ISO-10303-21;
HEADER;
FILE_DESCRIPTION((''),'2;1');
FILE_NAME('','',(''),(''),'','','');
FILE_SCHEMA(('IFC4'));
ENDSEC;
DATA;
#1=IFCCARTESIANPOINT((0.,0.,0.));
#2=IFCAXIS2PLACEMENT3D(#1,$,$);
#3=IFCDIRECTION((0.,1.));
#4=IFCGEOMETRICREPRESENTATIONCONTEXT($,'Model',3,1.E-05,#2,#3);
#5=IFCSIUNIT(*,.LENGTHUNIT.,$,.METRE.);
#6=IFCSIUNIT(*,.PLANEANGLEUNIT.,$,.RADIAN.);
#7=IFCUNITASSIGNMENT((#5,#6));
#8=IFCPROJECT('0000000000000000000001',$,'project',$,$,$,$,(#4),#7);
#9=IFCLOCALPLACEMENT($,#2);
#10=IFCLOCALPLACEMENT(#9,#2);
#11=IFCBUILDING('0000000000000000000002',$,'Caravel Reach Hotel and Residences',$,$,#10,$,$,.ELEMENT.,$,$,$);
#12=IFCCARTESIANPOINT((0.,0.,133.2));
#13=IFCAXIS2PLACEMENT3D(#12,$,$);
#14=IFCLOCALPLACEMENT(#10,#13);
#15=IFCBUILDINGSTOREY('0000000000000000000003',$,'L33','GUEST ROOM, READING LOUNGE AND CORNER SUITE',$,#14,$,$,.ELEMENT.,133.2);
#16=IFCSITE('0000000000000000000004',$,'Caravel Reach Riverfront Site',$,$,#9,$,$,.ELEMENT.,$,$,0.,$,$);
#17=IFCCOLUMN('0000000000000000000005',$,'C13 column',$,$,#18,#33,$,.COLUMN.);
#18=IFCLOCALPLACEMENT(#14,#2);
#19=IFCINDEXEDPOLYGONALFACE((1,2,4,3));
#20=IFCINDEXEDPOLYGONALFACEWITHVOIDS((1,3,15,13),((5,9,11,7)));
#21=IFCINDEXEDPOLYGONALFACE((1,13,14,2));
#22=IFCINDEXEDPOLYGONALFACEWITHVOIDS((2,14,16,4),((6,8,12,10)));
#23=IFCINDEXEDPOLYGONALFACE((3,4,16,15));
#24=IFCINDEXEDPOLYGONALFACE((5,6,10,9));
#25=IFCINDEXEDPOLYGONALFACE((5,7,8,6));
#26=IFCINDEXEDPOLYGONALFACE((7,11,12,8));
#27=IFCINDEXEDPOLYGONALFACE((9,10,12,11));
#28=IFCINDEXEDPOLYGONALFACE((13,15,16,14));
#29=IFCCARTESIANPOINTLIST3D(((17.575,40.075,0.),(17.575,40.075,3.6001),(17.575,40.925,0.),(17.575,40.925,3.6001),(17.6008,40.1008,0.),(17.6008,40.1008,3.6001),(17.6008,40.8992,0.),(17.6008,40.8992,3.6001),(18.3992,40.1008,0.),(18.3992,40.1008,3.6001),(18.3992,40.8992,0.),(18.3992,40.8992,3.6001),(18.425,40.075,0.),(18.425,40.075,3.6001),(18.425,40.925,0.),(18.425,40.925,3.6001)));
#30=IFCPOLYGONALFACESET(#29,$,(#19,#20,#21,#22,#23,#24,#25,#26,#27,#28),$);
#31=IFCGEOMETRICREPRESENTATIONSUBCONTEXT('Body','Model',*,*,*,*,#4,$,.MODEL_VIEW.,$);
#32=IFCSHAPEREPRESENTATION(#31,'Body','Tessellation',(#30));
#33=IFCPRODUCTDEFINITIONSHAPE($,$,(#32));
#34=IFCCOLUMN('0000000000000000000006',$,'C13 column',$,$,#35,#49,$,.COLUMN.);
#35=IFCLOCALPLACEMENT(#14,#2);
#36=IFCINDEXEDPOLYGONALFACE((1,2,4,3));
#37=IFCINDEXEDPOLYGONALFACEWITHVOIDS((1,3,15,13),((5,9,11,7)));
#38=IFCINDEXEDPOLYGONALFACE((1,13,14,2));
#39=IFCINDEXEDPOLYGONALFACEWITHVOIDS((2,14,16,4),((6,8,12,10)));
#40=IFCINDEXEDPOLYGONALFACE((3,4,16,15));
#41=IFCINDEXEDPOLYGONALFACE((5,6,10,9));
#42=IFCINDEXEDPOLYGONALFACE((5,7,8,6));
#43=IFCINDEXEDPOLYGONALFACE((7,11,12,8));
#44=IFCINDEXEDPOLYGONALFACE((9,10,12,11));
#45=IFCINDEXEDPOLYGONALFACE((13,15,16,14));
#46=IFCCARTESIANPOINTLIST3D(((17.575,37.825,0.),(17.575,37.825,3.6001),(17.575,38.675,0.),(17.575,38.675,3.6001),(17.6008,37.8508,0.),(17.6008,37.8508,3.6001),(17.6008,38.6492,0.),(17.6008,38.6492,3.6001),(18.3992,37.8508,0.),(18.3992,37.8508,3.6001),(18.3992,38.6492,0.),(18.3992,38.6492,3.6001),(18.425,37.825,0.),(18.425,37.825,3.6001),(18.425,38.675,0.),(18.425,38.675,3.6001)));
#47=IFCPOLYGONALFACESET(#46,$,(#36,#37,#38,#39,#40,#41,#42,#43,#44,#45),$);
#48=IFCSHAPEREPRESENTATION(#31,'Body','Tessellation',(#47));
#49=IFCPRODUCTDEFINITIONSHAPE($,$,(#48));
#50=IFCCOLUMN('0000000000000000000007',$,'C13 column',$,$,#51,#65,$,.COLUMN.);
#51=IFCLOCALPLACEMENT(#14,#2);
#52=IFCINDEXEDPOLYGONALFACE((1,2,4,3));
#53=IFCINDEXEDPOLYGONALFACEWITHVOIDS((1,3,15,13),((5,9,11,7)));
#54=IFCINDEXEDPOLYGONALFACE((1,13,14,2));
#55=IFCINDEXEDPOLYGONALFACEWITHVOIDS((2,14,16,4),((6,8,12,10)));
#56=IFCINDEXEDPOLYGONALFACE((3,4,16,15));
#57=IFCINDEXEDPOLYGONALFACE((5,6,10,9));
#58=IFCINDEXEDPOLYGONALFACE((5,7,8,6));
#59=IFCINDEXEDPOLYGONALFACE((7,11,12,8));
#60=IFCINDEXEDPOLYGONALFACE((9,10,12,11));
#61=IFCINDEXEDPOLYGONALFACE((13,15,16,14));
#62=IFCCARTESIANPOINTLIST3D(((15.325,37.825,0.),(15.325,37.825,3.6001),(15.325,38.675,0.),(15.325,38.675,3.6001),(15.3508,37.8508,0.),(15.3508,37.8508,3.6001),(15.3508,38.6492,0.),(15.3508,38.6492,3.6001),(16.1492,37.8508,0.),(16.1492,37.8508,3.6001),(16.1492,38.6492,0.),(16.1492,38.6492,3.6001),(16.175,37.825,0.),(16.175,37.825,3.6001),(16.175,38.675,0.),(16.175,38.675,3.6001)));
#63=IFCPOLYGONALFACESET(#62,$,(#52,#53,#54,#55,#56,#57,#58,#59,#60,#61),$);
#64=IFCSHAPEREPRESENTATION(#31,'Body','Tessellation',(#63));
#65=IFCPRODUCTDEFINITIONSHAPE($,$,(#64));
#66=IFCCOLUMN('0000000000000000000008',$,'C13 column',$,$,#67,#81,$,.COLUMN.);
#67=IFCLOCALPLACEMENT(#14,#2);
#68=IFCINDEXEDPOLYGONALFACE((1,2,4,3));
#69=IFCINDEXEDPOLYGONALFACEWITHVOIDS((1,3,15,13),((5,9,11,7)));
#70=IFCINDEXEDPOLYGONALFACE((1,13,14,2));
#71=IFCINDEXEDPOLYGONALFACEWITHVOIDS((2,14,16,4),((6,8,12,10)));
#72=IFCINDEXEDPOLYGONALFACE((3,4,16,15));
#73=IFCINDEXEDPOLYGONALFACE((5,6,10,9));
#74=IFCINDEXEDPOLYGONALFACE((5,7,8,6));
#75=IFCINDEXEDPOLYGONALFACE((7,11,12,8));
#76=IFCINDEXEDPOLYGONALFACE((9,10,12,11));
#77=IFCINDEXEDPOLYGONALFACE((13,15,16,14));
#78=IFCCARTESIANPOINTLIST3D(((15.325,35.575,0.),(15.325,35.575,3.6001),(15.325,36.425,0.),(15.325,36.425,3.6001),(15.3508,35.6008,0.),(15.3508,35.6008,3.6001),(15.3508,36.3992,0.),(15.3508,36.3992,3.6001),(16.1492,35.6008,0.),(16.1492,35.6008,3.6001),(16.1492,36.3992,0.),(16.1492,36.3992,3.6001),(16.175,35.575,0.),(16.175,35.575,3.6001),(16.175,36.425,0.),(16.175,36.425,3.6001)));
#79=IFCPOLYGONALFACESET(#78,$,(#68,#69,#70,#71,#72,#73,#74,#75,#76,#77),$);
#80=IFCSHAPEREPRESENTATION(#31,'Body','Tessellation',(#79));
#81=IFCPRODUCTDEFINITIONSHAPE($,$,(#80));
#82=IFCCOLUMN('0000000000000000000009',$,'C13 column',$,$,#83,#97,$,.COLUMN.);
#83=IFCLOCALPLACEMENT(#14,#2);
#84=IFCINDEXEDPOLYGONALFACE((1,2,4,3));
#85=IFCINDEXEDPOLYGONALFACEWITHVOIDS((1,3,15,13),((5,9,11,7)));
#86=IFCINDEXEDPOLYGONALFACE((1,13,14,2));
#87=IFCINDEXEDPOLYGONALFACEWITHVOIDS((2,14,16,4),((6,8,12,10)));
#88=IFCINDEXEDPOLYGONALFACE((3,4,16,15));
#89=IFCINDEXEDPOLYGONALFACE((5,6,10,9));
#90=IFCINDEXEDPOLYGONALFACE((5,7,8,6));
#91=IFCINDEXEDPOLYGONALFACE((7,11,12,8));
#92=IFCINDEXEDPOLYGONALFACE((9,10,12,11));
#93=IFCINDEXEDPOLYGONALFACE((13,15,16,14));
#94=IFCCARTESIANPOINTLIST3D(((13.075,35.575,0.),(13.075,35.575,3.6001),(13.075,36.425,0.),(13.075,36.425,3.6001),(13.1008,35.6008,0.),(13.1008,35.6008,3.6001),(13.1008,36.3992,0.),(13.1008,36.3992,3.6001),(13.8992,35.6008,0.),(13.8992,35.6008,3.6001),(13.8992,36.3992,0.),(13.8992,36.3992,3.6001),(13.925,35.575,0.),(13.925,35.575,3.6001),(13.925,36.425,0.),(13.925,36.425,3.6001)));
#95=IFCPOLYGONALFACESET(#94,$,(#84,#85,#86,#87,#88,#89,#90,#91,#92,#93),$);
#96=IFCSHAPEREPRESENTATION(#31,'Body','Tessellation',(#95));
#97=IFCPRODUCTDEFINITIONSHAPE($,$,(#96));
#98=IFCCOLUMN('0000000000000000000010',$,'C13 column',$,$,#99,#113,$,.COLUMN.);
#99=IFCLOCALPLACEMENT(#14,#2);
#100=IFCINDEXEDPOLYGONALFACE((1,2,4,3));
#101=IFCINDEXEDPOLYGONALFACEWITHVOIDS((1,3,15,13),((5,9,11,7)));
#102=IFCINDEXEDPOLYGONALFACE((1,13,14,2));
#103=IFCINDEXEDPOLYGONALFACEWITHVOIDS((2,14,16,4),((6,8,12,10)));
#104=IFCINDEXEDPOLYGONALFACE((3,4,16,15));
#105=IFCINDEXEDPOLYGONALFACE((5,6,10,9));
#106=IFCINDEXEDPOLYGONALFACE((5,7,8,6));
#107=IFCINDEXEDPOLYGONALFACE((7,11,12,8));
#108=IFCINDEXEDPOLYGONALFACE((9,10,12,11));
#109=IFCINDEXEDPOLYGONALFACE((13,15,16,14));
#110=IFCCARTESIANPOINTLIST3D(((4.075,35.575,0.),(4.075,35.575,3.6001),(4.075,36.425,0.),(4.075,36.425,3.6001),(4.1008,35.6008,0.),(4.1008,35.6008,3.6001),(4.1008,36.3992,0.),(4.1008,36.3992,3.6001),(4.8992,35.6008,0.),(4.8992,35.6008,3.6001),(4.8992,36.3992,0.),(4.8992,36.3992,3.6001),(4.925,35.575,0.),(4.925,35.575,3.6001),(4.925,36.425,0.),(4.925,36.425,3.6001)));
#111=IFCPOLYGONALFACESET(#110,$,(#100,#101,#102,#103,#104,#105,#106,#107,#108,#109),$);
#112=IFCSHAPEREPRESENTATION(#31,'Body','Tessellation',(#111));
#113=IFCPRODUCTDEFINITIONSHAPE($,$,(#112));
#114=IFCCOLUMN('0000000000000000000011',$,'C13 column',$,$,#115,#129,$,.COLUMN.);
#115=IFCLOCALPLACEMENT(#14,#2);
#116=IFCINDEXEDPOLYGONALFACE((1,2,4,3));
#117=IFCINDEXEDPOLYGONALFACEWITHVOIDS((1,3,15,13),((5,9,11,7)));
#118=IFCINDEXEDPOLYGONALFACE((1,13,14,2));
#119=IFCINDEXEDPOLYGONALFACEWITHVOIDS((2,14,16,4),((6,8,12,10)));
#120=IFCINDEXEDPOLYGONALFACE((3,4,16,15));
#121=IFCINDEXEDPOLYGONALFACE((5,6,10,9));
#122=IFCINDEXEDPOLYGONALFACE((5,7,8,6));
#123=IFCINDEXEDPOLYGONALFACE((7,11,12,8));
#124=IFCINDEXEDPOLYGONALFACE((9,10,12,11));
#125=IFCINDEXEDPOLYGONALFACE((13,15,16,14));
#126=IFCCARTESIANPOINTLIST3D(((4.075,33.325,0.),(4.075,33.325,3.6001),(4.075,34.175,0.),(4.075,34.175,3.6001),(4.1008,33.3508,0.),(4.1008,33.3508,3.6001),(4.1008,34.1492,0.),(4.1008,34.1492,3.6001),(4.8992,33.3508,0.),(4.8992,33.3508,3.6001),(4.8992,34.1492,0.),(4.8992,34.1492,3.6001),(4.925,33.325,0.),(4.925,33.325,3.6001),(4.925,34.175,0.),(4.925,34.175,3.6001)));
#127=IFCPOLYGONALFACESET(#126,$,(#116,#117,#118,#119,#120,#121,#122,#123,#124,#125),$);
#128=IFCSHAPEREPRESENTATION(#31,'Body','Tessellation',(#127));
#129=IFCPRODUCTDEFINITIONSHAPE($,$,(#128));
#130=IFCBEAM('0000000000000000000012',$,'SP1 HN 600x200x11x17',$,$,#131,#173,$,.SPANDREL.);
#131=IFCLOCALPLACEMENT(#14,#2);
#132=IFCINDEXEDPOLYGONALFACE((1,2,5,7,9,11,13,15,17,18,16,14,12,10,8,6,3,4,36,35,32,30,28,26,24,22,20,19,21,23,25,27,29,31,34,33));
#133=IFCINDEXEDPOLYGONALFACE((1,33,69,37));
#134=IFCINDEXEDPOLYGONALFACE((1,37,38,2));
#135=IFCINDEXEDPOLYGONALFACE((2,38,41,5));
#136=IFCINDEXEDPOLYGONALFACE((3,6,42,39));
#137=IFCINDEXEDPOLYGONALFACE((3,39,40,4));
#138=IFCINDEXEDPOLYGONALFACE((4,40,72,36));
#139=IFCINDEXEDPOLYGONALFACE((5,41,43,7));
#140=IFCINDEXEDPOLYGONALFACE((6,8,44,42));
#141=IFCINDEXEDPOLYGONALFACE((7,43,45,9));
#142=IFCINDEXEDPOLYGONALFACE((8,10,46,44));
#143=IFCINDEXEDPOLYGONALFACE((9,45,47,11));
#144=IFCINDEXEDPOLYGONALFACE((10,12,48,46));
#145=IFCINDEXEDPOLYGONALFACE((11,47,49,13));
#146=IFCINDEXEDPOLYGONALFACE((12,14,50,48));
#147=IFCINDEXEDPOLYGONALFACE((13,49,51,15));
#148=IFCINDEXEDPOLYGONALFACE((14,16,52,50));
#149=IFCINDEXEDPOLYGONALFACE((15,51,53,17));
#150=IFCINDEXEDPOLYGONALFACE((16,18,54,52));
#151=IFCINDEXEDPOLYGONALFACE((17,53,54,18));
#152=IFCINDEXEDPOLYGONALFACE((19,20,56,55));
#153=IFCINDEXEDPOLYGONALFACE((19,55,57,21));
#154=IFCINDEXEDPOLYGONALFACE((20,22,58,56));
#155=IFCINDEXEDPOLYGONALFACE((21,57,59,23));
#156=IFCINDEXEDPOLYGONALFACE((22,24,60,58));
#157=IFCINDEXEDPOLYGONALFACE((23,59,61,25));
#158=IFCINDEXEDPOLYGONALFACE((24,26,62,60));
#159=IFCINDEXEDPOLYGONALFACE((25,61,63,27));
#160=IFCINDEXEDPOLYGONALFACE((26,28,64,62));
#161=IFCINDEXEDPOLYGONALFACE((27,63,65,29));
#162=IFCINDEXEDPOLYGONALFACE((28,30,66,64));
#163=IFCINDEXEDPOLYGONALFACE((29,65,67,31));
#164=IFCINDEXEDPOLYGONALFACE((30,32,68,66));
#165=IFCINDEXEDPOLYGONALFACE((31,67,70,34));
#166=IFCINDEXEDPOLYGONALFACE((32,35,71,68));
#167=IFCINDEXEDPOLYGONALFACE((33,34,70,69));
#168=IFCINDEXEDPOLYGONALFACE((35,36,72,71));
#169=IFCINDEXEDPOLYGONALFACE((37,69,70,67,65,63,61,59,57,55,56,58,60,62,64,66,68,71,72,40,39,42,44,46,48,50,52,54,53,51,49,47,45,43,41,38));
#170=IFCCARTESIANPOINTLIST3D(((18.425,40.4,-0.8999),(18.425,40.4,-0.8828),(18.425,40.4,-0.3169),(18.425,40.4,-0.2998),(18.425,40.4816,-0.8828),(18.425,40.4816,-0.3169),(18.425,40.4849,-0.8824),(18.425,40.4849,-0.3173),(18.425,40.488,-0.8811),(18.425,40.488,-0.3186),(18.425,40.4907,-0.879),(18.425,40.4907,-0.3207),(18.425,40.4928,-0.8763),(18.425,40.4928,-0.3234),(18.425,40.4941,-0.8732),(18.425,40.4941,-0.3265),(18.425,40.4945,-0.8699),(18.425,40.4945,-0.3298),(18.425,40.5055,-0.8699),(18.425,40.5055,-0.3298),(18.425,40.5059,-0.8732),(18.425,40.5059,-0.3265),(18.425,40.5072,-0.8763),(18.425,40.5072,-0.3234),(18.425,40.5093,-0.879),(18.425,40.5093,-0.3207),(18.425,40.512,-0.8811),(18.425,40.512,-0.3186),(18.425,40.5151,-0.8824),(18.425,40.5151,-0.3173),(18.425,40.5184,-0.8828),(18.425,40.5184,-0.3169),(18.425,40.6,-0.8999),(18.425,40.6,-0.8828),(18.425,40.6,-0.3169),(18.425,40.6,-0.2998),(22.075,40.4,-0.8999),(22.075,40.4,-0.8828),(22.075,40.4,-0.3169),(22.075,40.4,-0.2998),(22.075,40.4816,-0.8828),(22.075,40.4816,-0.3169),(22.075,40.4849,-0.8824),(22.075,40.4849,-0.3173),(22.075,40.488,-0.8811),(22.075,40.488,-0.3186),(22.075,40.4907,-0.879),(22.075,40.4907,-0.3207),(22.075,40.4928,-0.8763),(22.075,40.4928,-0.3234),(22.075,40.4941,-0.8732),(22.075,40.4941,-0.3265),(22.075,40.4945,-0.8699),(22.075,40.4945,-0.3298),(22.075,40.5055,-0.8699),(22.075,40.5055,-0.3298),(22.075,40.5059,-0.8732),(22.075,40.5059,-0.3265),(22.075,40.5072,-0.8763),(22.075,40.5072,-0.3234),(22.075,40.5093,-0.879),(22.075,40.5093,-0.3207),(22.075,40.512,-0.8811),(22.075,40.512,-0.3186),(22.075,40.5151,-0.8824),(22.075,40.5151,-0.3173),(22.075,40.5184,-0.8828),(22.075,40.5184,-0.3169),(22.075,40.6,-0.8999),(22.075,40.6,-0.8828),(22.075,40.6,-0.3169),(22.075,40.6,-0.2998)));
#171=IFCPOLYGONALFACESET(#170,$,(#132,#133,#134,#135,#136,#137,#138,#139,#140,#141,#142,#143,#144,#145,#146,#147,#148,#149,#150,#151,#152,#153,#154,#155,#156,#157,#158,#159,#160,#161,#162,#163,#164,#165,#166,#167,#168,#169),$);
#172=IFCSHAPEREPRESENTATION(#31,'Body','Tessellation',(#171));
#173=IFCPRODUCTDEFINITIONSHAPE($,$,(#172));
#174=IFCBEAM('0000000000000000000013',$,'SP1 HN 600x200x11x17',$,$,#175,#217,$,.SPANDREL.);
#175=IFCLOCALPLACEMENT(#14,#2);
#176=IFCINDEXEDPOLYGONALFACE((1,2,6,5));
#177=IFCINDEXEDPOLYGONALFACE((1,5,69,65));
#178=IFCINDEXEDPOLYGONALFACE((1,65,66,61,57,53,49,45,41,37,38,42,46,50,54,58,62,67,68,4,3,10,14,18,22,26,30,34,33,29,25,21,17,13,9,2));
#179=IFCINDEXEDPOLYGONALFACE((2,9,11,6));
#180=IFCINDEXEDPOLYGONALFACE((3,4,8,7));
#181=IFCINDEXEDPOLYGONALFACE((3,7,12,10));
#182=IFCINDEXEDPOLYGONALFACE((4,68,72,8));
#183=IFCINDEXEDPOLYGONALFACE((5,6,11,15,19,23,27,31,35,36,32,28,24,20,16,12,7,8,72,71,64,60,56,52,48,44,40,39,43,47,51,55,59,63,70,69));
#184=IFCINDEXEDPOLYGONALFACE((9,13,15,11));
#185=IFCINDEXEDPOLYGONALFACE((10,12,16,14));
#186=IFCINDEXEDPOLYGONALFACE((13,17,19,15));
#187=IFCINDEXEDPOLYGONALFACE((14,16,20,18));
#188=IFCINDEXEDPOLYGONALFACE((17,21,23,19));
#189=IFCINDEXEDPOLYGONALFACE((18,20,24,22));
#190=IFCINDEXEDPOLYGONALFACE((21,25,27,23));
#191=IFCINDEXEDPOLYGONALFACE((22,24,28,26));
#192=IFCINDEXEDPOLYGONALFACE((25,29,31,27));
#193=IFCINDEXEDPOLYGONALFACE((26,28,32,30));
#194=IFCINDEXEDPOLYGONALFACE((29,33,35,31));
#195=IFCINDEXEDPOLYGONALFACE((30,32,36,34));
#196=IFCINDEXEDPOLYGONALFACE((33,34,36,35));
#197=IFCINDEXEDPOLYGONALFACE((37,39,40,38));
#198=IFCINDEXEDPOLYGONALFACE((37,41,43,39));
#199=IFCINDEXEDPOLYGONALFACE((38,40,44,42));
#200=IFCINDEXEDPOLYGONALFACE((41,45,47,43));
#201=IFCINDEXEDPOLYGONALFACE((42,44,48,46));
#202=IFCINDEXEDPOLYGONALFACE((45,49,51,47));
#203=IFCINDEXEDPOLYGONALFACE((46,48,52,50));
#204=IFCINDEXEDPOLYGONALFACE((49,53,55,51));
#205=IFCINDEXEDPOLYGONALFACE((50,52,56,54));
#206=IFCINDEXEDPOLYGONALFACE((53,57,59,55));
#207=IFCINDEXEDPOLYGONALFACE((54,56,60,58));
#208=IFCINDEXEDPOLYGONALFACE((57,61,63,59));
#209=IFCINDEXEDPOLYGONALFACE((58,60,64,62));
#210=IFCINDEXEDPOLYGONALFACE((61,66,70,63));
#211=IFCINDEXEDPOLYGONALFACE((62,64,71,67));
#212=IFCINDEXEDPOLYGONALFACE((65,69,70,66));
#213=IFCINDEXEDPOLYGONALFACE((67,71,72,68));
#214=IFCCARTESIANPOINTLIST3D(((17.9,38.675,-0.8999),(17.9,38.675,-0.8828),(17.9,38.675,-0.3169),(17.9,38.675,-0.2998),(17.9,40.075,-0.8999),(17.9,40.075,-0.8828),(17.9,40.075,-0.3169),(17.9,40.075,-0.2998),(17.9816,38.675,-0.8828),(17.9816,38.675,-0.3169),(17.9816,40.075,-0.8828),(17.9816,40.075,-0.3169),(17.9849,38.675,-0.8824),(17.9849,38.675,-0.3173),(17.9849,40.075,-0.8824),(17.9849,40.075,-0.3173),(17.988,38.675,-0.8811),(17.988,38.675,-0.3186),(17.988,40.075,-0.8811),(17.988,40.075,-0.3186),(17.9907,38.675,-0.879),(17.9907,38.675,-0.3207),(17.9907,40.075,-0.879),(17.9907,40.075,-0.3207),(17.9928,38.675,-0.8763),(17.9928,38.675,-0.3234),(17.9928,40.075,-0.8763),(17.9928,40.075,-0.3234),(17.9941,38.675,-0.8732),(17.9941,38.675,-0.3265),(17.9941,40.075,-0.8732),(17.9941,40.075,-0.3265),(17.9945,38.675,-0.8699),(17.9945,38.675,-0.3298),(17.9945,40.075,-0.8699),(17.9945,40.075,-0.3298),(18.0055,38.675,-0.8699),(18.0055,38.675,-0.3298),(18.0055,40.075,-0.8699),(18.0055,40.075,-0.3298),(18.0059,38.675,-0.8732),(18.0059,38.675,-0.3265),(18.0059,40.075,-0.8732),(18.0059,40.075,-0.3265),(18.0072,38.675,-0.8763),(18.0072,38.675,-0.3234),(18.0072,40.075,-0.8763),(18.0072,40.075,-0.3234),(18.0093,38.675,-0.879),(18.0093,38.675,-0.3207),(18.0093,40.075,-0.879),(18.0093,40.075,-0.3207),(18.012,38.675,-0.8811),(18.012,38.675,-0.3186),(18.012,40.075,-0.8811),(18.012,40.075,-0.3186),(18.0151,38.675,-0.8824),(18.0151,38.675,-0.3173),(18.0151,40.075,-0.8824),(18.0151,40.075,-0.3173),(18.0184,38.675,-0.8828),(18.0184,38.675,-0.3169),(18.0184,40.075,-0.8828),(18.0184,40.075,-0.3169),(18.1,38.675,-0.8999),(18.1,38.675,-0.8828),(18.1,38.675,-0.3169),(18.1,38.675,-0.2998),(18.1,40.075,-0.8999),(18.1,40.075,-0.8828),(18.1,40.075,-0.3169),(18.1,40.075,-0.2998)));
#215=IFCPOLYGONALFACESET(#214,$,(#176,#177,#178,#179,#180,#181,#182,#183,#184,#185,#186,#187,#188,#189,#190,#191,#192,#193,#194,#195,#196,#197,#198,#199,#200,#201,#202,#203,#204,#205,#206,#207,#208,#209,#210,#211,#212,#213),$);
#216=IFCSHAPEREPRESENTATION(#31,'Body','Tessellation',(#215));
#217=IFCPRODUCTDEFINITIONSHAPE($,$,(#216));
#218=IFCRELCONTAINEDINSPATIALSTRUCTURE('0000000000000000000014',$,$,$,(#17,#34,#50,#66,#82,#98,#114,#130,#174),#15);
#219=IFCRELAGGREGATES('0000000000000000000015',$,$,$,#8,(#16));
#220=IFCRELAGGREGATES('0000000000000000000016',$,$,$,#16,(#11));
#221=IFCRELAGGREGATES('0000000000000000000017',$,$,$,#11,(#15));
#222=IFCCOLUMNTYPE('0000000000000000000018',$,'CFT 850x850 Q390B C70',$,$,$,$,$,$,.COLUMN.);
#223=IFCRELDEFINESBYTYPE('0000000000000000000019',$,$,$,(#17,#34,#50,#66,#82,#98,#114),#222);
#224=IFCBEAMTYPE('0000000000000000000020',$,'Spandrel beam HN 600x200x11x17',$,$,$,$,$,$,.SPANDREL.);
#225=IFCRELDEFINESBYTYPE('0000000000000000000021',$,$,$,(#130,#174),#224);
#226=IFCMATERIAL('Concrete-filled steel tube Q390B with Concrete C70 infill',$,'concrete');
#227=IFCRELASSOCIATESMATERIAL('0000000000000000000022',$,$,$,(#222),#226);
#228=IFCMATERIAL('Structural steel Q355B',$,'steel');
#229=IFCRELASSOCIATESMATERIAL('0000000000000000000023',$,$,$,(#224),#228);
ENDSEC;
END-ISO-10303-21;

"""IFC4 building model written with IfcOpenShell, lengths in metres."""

from ifc_helpers import new_model, si_unit, direction, frame, origin, origin_2d, place, context, subcontext, project, spatial, hollow_rectangle, i_section, extrude, material, material_profile, profile_set, type_object, element, save


model = new_model("IFC4")

# Units and contexts
model_context = context("Model", 3, precision=1e-05, world=origin(), true_north=direction((0.0, 1.0)))
body_context = subcontext(model_context, "Body", "Model", "MODEL_VIEW")
ifc_project = project(units=[si_unit("LENGTHUNIT", "METRE"), si_unit("PLANEANGLEUNIT", "RADIAN")], contexts=[model_context])

# Site, building, storey
site_placement = place(None, origin())
site = spatial("IfcSite", under=ifc_project, at=site_placement, Name="Caravel Reach Riverfront Site", CompositionType="ELEMENT", RefElevation=0.0)
building_placement = place(site_placement, origin())
building = spatial("IfcBuilding", under=site, at=building_placement, Name="Caravel Reach Hotel and Residences", CompositionType="ELEMENT")
storey_placement = place(building_placement, frame((0.0, 0.0, 133.2)))
storey = spatial("IfcBuildingStorey", under=building, at=storey_placement, Name="L33", Description="GUEST ROOM, READING LOUNGE AND CORNER SUITE", CompositionType="ELEMENT", Elevation=133.2)

# Columns
ifc_material_1 = material(Name="Concrete-filled steel tube Q390B with Concrete C70 infill", Category="concrete")
ifc_material_profile_1 = material_profile(ifc_material_1, hollow_rectangle(XDim=0.8501, YDim=0.8501, WallThickness=0.0259, at=origin_2d()), Name="RHS 850x850x26")
ifc_profile_set_1 = profile_set([ifc_material_profile_1], Name="Concrete-filled steel tube Q390B with Concrete C70 infill")
column_type = type_object("IfcColumnType", Name="CFT 850x850 Q390B C70", PredefinedType="COLUMN", material=ifc_profile_set_1)
for number, where, z_axis, x_axis, name in (
    (1, (18.0, 40.5, 0.0), (0.0, 0.0, 1.0), (1.0, 0.0, 0.0), "C13 column"),
    (2, (18.0, 38.25, 0.0), (0.0, 0.0, 1.0), (1.0, 0.0, 0.0), "C13 column"),
    (3, (15.75, 38.25, 0.0), (0.0, 0.0, 1.0), (1.0, 0.0, 0.0), "C13 column"),
    (4, (15.75, 36.0, 0.0), (0.0, 0.0, 1.0), (1.0, 0.0, 0.0), "C13 column"),
    (5, (13.5, 36.0, 0.0), (0.0, 0.0, 1.0), (1.0, 0.0, 0.0), "C13 column"),
    (6, (4.5, 36.0, 0.0), (0.0, 0.0, 1.0), (1.0, 0.0, 0.0), "C13 column"),
    (7, (4.5, 33.75, 0.0), (0.0, 0.0, 1.0), (1.0, 0.0, 0.0), "C13 column"),
):
    element("IfcColumn", number, at=place(storey_placement, frame(where, z_axis=z_axis, x_axis=x_axis)), inside=storey, type_object=column_type, Name=name, PredefinedType="COLUMN", context=body_context, shape_type="SweptSolid", body=[
        extrude(hollow_rectangle(XDim=0.8501, YDim=0.8501, WallThickness=0.0259, at=origin_2d()), origin(), (0.0, 0.0, 1.0), 3.6001),
    ])

# Beams
ifc_material_2 = material(Name="Structural steel Q355B", Category="steel")
ifc_material_profile_2 = material_profile(ifc_material_2, i_section(OverallWidth=0.2, OverallDepth=0.6001, WebThickness=0.011, FlangeThickness=0.0171, FilletRadius=0.0129, at=origin_2d()), Name="HN 600x200x11x17")
ifc_profile_set_2 = profile_set([ifc_material_profile_2], Name="Structural steel Q355B")
beam_type = type_object("IfcBeamType", Name="Spandrel beam HN 600x200x11x17", PredefinedType="SPANDREL", material=ifc_profile_set_2)
beam_1_placement = place(storey_placement, frame((22.075, 40.5, -0.5999), z_axis=(-1.0, 0.0, 0.0), x_axis=(0.0, -1.0, 0.0)))
element("IfcBeam", 8, at=beam_1_placement, inside=storey, type_object=beam_type, Name="SP1 HN 600x200x11x17", PredefinedType="SPANDREL", context=body_context, shape_type="SweptSolid", body=[
    extrude(i_section(OverallWidth=0.2, OverallDepth=0.6001, WebThickness=0.011, FlangeThickness=0.0171, FilletRadius=0.0129, at=origin_2d()), origin(), (0.0, 0.0, 1.0), 3.6499),
])
for number, where, z_axis, x_axis, name in (
    (9, (18.0, 40.075, -0.5999), (0.0, -1.0, 0.0), (1.0, 0.0, 0.0), "SP1 HN 600x200x11x17"),
):
    element("IfcBeam", number, at=place(storey_placement, frame(where, z_axis=z_axis, x_axis=x_axis)), inside=storey, type_object=beam_type, Name=name, PredefinedType="SPANDREL", context=body_context, shape_type="SweptSolid", body=[
        extrude(i_section(OverallWidth=0.2, OverallDepth=0.6001, WebThickness=0.011, FlangeThickness=0.0171, FilletRadius=0.0129, at=origin_2d()), origin(), (0.0, 0.0, 1.0), 1.3999),
    ])

save(model, "model.ifc")
